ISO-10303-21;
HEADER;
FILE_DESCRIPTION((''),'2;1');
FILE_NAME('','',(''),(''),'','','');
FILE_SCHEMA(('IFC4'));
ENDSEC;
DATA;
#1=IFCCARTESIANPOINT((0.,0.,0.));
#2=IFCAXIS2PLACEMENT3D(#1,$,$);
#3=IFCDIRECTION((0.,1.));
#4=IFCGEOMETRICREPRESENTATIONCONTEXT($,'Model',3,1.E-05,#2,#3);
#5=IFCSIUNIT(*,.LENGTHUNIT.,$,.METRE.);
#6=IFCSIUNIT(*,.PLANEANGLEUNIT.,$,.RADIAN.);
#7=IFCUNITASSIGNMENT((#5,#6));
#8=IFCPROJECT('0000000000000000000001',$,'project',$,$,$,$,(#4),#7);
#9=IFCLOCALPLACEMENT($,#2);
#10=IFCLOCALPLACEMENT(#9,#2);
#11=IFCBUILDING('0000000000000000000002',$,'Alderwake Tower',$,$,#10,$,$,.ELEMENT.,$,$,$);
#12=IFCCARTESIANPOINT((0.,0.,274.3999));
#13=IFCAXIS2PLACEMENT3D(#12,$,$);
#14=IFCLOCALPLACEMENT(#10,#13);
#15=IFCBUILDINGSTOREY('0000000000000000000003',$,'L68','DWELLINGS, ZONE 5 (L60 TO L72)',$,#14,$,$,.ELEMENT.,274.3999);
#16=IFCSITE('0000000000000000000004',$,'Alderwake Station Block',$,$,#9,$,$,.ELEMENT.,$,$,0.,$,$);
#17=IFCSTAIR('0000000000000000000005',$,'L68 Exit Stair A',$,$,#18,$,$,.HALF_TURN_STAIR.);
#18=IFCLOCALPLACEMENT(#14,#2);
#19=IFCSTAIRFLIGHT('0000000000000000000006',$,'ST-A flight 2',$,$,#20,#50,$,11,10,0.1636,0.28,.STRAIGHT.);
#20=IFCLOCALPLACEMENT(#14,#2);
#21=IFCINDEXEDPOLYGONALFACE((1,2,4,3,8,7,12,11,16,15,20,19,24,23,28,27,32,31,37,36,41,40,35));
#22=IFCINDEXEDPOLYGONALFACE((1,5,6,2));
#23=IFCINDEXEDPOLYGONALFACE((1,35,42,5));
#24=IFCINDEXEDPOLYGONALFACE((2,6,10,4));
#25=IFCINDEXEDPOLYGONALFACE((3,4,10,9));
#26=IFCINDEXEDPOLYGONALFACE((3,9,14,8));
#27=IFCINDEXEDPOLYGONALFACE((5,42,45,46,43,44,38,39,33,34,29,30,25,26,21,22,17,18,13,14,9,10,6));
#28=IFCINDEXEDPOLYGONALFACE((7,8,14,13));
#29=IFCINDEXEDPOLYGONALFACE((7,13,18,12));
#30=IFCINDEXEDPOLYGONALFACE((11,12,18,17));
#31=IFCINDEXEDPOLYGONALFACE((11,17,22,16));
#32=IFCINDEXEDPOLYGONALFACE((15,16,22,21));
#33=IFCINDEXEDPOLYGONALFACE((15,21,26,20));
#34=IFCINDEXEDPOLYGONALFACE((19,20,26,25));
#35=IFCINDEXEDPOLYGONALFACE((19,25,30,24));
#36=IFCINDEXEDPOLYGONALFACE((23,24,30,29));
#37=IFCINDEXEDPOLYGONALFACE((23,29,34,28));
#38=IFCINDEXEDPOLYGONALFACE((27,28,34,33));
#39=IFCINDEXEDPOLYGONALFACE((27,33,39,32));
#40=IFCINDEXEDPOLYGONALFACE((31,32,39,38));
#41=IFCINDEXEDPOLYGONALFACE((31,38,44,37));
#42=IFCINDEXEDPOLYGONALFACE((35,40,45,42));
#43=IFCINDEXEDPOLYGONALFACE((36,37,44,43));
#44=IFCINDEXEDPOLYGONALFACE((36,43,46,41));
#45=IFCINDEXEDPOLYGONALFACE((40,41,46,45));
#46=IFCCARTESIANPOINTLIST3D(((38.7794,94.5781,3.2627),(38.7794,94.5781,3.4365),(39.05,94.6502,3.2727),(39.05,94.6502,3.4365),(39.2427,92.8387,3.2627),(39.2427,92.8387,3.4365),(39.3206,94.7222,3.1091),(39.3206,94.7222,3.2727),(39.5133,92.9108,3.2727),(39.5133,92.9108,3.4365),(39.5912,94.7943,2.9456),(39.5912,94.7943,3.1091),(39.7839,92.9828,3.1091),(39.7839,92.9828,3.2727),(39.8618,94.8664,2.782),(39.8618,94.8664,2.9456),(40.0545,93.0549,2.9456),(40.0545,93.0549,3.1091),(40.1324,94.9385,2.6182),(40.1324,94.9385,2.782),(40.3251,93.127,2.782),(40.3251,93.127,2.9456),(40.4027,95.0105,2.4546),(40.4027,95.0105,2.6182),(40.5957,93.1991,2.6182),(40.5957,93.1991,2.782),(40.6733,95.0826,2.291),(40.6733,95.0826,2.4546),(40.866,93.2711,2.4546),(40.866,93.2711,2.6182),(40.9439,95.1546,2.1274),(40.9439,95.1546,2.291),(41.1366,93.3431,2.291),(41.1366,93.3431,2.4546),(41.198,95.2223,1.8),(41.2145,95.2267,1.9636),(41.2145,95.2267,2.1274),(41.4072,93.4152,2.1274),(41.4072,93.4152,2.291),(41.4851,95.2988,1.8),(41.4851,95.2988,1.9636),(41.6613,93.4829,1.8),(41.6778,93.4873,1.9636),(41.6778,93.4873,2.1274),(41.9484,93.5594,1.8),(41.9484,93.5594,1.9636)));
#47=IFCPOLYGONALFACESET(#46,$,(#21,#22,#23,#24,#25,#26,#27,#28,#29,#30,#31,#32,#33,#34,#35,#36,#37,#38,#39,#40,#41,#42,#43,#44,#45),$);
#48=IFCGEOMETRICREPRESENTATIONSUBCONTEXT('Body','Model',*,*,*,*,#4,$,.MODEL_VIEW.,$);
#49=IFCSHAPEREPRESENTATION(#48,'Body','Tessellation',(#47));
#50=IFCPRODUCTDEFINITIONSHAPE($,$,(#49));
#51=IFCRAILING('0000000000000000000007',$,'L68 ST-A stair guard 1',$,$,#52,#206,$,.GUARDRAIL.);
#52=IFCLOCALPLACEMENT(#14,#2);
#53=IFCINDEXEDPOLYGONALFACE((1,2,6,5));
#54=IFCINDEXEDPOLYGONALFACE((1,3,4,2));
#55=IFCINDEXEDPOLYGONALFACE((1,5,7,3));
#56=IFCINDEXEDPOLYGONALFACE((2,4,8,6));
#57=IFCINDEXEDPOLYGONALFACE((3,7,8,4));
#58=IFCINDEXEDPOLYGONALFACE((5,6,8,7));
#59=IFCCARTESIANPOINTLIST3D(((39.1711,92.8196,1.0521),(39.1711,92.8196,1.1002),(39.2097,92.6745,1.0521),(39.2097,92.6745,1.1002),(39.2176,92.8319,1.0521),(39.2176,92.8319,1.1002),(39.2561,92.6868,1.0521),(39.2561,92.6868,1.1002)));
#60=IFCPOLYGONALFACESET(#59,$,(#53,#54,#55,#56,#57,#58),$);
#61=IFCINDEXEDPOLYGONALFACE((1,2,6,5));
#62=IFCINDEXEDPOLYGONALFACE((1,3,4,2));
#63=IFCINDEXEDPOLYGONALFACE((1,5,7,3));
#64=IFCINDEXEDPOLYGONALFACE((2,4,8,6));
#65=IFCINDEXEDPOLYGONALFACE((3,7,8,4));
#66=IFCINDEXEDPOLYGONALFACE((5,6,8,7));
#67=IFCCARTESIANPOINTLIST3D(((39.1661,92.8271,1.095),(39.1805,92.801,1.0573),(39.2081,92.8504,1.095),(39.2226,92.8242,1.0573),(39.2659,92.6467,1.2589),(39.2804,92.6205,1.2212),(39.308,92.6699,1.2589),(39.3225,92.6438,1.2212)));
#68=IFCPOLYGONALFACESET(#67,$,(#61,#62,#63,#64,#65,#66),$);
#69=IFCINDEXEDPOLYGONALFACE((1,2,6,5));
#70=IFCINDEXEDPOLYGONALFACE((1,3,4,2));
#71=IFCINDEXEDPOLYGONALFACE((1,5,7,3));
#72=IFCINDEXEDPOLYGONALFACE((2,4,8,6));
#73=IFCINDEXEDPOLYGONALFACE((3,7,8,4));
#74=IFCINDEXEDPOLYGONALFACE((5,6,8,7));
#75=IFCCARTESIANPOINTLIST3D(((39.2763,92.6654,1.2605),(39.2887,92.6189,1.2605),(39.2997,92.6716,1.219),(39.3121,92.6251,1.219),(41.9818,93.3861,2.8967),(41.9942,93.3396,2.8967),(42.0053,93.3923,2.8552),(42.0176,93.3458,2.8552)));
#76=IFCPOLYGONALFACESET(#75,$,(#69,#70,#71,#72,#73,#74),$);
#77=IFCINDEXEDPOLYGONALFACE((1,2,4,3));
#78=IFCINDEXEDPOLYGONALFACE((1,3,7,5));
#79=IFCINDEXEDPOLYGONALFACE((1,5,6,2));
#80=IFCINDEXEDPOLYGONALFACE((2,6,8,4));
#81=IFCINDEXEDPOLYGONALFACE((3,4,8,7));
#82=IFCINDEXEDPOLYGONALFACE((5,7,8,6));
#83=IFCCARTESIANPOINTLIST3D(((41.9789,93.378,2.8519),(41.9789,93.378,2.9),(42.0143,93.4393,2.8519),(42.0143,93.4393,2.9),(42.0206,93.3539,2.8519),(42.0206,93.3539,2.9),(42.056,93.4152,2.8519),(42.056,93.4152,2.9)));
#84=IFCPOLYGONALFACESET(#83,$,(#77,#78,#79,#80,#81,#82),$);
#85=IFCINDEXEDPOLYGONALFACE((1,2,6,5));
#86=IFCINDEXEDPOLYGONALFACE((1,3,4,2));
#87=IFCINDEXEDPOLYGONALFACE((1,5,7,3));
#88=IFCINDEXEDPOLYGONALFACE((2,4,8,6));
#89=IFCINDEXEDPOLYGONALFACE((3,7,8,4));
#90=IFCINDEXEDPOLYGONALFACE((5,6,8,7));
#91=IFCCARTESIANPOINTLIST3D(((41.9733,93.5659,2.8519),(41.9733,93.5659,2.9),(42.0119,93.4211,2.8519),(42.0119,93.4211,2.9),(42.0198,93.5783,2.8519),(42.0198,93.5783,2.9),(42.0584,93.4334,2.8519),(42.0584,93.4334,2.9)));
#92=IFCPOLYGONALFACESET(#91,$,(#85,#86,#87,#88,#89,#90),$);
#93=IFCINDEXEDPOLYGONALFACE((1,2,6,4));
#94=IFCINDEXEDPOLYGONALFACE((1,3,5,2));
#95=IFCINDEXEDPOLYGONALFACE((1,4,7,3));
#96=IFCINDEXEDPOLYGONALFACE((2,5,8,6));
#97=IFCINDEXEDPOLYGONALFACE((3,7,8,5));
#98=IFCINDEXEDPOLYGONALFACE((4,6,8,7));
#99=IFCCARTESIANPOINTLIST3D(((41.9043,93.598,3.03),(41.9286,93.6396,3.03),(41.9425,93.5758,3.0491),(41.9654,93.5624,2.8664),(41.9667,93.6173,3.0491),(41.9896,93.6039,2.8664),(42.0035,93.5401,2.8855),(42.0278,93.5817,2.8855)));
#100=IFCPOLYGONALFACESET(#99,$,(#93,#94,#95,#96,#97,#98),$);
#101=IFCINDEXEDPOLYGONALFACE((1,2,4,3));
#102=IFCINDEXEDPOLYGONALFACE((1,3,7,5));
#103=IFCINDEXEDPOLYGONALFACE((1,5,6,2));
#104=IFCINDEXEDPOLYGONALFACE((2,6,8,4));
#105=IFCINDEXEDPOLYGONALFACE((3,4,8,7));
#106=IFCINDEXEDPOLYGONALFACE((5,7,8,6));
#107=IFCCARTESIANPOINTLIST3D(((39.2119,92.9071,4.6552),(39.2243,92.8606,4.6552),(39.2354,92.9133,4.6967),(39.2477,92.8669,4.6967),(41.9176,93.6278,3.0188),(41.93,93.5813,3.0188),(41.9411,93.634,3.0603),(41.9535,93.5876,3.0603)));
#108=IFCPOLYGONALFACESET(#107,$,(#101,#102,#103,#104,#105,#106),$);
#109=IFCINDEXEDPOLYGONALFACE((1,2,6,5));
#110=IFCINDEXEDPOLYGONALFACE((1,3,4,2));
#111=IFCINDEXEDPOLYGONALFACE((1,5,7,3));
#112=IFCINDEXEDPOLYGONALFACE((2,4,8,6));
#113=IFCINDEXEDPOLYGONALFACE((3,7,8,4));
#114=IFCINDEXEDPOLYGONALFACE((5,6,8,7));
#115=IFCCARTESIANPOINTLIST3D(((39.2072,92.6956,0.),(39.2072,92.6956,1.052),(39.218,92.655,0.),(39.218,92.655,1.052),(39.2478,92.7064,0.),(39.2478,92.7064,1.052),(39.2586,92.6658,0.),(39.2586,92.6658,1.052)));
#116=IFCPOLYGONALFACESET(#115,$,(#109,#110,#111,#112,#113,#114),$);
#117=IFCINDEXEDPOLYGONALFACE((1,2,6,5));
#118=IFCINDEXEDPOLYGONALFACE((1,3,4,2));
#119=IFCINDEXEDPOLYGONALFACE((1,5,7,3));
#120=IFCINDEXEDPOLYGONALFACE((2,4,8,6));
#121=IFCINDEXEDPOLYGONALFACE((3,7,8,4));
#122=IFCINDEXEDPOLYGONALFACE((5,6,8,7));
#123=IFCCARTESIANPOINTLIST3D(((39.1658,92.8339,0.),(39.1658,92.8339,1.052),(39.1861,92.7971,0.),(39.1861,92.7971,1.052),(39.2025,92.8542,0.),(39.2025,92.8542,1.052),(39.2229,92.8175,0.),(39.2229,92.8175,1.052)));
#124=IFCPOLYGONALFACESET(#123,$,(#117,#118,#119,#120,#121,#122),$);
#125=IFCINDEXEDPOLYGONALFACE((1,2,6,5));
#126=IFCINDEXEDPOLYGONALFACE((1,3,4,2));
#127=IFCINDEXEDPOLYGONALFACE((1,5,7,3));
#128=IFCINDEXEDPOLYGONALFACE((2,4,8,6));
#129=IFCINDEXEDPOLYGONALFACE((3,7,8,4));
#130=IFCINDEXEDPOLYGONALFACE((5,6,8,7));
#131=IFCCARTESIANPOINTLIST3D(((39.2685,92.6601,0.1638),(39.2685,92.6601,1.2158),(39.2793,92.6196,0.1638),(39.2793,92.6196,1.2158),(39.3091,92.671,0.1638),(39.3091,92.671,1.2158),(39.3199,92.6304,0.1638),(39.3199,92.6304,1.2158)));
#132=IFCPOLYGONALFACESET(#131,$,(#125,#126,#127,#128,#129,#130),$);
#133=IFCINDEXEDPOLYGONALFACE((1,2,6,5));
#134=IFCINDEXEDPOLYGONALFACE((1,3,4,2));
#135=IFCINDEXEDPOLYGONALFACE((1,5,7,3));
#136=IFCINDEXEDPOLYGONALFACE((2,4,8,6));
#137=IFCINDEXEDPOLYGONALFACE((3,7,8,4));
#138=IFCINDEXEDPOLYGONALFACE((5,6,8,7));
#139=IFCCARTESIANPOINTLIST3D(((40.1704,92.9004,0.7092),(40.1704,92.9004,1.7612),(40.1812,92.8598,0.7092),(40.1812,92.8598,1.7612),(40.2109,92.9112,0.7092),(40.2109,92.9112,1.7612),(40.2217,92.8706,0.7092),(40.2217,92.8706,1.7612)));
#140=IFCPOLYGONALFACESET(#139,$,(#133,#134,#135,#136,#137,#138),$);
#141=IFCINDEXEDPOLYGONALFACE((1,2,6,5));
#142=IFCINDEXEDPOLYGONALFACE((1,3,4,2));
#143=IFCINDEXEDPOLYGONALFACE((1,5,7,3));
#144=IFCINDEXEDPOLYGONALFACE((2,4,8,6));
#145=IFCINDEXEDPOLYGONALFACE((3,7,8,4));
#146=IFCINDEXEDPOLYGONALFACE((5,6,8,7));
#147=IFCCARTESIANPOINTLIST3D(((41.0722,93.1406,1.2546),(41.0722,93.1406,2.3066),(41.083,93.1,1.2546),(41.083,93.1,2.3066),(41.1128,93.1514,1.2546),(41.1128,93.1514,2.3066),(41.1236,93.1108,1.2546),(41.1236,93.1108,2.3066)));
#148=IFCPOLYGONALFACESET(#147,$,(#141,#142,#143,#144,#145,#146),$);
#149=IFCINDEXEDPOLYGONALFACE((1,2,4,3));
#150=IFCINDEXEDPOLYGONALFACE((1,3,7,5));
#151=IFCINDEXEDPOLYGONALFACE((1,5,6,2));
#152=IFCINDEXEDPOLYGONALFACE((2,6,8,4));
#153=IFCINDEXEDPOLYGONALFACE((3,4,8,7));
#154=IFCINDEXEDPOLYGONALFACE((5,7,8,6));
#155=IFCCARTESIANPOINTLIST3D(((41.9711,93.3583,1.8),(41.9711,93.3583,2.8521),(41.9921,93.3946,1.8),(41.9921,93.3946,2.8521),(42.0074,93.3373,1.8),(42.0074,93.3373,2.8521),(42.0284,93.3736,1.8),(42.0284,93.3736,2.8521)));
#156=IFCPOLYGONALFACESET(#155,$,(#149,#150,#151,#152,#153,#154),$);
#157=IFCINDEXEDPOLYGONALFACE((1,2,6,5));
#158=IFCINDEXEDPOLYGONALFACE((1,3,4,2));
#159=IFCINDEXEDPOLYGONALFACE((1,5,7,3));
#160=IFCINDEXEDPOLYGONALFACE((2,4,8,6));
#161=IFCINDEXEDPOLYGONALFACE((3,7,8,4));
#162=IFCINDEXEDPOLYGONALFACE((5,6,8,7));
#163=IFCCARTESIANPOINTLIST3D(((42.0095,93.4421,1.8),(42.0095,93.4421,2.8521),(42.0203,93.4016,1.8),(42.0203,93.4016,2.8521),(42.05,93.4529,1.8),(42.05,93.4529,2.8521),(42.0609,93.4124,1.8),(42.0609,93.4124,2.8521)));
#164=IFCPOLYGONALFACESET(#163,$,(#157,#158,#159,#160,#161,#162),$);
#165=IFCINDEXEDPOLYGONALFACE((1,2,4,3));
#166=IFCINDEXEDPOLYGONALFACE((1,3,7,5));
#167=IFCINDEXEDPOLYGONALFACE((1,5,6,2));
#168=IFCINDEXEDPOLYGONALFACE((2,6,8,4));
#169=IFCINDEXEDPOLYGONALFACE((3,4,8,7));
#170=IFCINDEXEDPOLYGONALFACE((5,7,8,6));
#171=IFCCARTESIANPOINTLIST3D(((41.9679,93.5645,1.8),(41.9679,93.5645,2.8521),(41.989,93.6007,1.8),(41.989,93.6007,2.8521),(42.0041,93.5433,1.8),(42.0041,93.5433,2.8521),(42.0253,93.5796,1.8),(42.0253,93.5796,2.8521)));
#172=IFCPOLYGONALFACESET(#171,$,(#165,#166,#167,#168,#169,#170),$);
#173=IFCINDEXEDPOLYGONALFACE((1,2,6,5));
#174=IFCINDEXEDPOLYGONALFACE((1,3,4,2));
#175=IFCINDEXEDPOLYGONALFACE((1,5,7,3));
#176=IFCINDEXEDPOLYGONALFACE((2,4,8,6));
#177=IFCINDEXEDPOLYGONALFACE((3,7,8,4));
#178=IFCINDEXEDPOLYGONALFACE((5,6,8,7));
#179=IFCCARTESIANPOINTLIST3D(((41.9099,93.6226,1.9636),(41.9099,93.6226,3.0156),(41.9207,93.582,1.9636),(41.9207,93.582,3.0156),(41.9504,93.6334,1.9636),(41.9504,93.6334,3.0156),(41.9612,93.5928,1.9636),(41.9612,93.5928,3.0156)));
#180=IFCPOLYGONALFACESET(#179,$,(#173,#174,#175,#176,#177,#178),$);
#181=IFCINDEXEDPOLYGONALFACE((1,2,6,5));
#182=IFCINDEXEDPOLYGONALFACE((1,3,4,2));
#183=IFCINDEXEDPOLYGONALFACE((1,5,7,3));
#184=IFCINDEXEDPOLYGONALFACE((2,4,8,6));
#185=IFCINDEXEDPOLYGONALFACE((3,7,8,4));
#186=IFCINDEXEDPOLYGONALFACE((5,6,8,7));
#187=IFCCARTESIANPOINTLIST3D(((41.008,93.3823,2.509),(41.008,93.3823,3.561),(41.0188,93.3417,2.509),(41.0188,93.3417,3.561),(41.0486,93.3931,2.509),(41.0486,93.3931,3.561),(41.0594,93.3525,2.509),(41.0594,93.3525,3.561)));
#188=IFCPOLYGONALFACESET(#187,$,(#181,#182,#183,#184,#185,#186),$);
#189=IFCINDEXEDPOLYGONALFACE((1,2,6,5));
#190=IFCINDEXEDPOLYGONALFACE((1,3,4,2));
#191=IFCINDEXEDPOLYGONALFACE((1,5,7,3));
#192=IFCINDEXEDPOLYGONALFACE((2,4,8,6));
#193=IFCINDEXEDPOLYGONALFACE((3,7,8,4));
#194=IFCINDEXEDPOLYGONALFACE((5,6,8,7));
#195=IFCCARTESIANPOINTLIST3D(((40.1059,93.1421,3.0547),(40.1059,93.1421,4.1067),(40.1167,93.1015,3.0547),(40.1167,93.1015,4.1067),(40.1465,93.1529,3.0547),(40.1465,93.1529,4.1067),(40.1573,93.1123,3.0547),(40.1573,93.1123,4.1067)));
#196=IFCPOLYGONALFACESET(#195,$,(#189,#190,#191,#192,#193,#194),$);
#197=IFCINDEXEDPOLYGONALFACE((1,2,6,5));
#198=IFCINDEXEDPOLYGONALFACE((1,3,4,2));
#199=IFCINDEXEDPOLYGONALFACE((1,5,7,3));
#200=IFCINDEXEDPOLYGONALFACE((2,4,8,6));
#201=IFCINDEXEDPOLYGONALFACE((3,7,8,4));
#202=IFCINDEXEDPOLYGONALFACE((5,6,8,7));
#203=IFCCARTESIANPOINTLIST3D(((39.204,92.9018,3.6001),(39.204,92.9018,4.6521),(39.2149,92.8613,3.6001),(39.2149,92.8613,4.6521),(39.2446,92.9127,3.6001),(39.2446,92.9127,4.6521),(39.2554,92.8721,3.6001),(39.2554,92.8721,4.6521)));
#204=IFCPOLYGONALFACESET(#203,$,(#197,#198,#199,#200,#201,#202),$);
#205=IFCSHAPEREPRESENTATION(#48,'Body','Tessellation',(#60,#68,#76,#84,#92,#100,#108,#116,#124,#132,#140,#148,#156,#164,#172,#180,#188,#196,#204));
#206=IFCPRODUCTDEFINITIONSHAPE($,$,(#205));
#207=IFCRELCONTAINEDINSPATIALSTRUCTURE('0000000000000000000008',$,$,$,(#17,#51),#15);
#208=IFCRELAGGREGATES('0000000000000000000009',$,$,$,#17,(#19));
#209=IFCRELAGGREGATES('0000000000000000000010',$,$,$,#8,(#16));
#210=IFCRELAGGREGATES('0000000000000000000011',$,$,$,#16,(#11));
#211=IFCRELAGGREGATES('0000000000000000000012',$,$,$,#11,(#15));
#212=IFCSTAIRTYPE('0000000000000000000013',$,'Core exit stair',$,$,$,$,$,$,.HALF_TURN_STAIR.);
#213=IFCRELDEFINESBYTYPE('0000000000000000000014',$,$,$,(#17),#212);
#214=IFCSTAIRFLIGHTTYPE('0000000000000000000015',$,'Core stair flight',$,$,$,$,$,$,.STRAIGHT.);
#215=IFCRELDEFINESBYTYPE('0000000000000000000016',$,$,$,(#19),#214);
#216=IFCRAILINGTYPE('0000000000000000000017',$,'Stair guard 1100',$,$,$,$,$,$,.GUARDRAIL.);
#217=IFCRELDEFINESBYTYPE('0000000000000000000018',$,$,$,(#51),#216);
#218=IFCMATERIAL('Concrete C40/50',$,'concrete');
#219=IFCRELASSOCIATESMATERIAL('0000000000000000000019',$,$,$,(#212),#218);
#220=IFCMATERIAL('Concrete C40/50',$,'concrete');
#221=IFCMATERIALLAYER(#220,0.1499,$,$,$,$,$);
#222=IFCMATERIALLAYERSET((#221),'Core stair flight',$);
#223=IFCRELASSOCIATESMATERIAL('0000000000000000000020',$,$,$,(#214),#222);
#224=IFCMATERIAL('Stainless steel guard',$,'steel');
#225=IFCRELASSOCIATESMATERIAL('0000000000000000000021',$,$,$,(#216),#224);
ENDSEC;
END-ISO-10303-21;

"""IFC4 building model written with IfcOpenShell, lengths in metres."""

from ifc_helpers import new_model, si_unit, direction, frame, origin, origin_2d, place, context, subcontext, project, spatial, polyline, rectangle, outline, extrude, material, layer, layer_set, type_object, element, aggregate, save


model = new_model("IFC4")

# Units and contexts
model_context = context("Model", 3, precision=1e-05, world=origin(), true_north=direction((0.0, 1.0)))
body_context = subcontext(model_context, "Body", "Model", "MODEL_VIEW")
ifc_project = project(units=[si_unit("LENGTHUNIT", "METRE"), si_unit("PLANEANGLEUNIT", "RADIAN")], contexts=[model_context])

# Site, building, storey
site_placement = place(None, origin())
site = spatial("IfcSite", under=ifc_project, at=site_placement, Name="Alderwake Station Block", CompositionType="ELEMENT", RefElevation=0.0)
building_placement = place(site_placement, origin())
building = spatial("IfcBuilding", under=site, at=building_placement, Name="Alderwake Tower", CompositionType="ELEMENT")
storey_placement = place(building_placement, frame((0.0, 0.0, 274.3999)))
storey = spatial("IfcBuildingStorey", under=building, at=storey_placement, Name="L68", Description="DWELLINGS, ZONE 5 (L60 TO L72)", CompositionType="ELEMENT", Elevation=274.3999)

# Stair, stair flight
ifc_material_1 = material(Name="Concrete C40/50", Category="concrete")
stair_type = type_object("IfcStairType", Name="Core exit stair", PredefinedType="HALF_TURN_STAIR", material=ifc_material_1)
stair_placement = place(storey_placement, origin())
stair = element("IfcStair", 1, at=stair_placement, inside=storey, type_object=stair_type, Name="L68 Exit Stair A", PredefinedType="HALF_TURN_STAIR")
ifc_material_2 = material(Name="Concrete C40/50", Category="concrete")
ifc_layer_1 = layer(ifc_material_2, 0.1499)
ifc_layer_set_1 = layer_set([ifc_layer_1], Name="Core stair flight")
stair_flight_type = type_object("IfcStairFlightType", Name="Core stair flight", PredefinedType="STRAIGHT", material=ifc_layer_set_1)
stair_flight_1_placement = place(storey_placement, frame((41.7168, 94.429, 1.8), z_axis=(0.0, 0.0, 1.0), x_axis=(-0.96631, -0.257382, 0.0)))
stair_flight_1 = element("IfcStairFlight", 2, at=stair_flight_1_placement, type_object=stair_flight_type, Name="ST-A flight 2", NumberOfRisers=11, NumberOfTreads=10, PredefinedType="STRAIGHT", RiserHeight=0.1636, TreadLength=0.28, context=body_context, shape_type="SweptSolid", body=[
    extrude(outline(polyline([(0.0, 0.0), (0.0, 0.1636), (0.28, 0.1636), (0.28, 0.3274), (0.5601, 0.3274), (0.5601, 0.491), (0.8401, 0.491), (0.8401, 0.6545), (1.1201, 0.6545), (1.1201, 0.8181), (1.3999, 0.8181), (1.3999, 0.9819), (1.6799, 0.9819), (1.6799, 1.1455), (1.96, 1.1455), (1.96, 1.3091), (2.24, 1.3091), (2.24, 1.4727), (2.52, 1.4727), (2.52, 1.6365), (2.8, 1.6365), (2.8, 1.8), (2.8, 1.4626), (0.2971, 0.0), (0.0, 0.0)])), frame((0.0, 0.8999, 0.0), z_axis=(0.0, -1.0, 0.0), x_axis=(1.0, 0.0, 0.0)), (0.0, 0.0, 1.0), 1.8),
])
aggregate(stair, [stair_flight_1])

# Railing
ifc_material_3 = material(Name="Stainless steel guard", Category="steel")
railing_type_1 = type_object("IfcRailingType", Name="Stair guard 1100", PredefinedType="GUARDRAIL", material=ifc_material_3)
railing_1_placement = place(storey_placement, frame((39.2329, 92.6807, 0.0)))
element("IfcRailing", 3, at=railing_1_placement, inside=storey, type_object=railing_type_1, Name="L68 ST-A stair guard 1", PredefinedType="GUARDRAIL", context=body_context, shape_type="SweptSolid", body=[
    extrude(rectangle(XDim=0.0481, YDim=0.0481, at=origin_2d()), frame((0.0, 0.0, 1.0762), z_axis=(-0.257055, 0.966397, 0.0), x_axis=(-0.966397, -0.257055, 0.0)), (0.0, 0.0, 1.0), 0.1501),
    extrude(rectangle(XDim=0.0481, YDim=0.0481, at=origin_2d()), frame((-0.0386, 0.145, 1.0762), z_axis=(0.379152, -0.685069, 0.622032), x_axis=(0.874938, 0.484235, 0.0)), (0.0, 0.0, 1.0), 0.2634),
    extrude(rectangle(XDim=0.0481, YDim=0.0481, at=origin_2d()), frame((0.0613, -0.0354, 1.2397), z_axis=(0.834291, 0.222237, 0.504549), x_axis=(-0.257402, 0.966304, 0.0)), (0.0, 0.0, 1.0), 3.2429),
    extrude(rectangle(XDim=0.0481, YDim=0.0481, at=origin_2d()), frame((2.7668, 0.6853, 2.876), z_axis=(0.50022, 0.865898, 0.0), x_axis=(-0.865898, 0.50022, 0.0)), (0.0, 0.0, 1.0), 0.0708),
    extrude(rectangle(XDim=0.0481, YDim=0.0481, at=origin_2d()), frame((2.8022, 0.7466, 2.876), z_axis=(-0.25746, 0.966289, 0.0), x_axis=(-0.966289, -0.25746, 0.0)), (0.0, 0.0, 1.0), 0.1499),
    extrude(rectangle(XDim=0.0481, YDim=0.0481, at=origin_2d()), frame((2.7637, 0.8914, 2.876), z_axis=(-0.342525, 0.200035, 0.917967), x_axis=(-0.5043, -0.863528, 0.0)), (0.0, 0.0, 1.0), 0.1782),
    extrude(rectangle(XDim=0.0481, YDim=0.0481, at=origin_2d()), frame((2.7026, 0.927, 3.0396), z_axis=(-0.834282, -0.222214, 0.504574), x_axis=(0.25738, -0.96631, 0.0)), (0.0, 0.0, 1.0), 3.2432),
    extrude(rectangle(XDim=0.042, YDim=0.042, at=origin_2d()), frame((0.0, 0.0, 0.0), z_axis=(0.0, 0.0, 1.0), x_axis=(-0.257055, 0.966397, 0.0)), (0.0, 0.0, 1.0), 1.052),
    extrude(rectangle(XDim=0.042, YDim=0.042, at=origin_2d()), frame((-0.0386, 0.145, 0.0), z_axis=(0.0, 0.0, 1.0), x_axis=(0.484235, -0.874938, 0.0)), (0.0, 0.0, 1.0), 1.052),
    extrude(rectangle(XDim=0.042, YDim=0.042, at=origin_2d()), frame((0.0613, -0.0354, 0.1638), z_axis=(0.0, 0.0, 1.0), x_axis=(0.966304, 0.257402, 0.0)), (0.0, 0.0, 1.0), 1.052),
    extrude(rectangle(XDim=0.042, YDim=0.042, at=origin_2d()), frame((0.9631, 0.2048, 0.7092), z_axis=(0.0, 0.0, 1.0), x_axis=(0.966304, 0.257402, 0.0)), (0.0, 0.0, 1.0), 1.052),
    extrude(rectangle(XDim=0.042, YDim=0.042, at=origin_2d()), frame((1.865, 0.4451, 1.2546), z_axis=(0.0, 0.0, 1.0), x_axis=(0.966304, 0.257402, 0.0)), (0.0, 0.0, 1.0), 1.052),
    extrude(rectangle(XDim=0.042, YDim=0.042, at=origin_2d()), frame((2.7668, 0.6853, 1.8), z_axis=(0.0, 0.0, 1.0), x_axis=(0.50022, 0.865898, 0.0)), (0.0, 0.0, 1.0), 1.052),
    extrude(rectangle(XDim=0.042, YDim=0.042, at=origin_2d()), frame((2.8022, 0.7466, 1.8), z_axis=(0.0, 0.0, 1.0), x_axis=(-0.25746, 0.966289, 0.0)), (0.0, 0.0, 1.0), 1.052),
    extrude(rectangle(XDim=0.042, YDim=0.042, at=origin_2d()), frame((2.7637, 0.8914, 1.8), z_axis=(0.0, 0.0, 1.0), x_axis=(-0.863528, 0.5043, 0.0)), (0.0, 0.0, 1.0), 1.052),
    extrude(rectangle(XDim=0.042, YDim=0.042, at=origin_2d()), frame((2.7026, 0.927, 1.9636), z_axis=(0.0, 0.0, 1.0), x_axis=(-0.96631, -0.25738, 0.0)), (0.0, 0.0, 1.0), 1.052),
    extrude(rectangle(XDim=0.042, YDim=0.042, at=origin_2d()), frame((1.8008, 0.6868, 2.509), z_axis=(0.0, 0.0, 1.0), x_axis=(-0.96631, -0.25738, 0.0)), (0.0, 0.0, 1.0), 1.052),
    extrude(rectangle(XDim=0.042, YDim=0.042, at=origin_2d()), frame((0.8987, 0.4465, 3.0547), z_axis=(0.0, 0.0, 1.0), x_axis=(-0.96631, -0.25738, 0.0)), (0.0, 0.0, 1.0), 1.052),
    extrude(rectangle(XDim=0.042, YDim=0.042, at=origin_2d()), frame((-0.0032, 0.2063, 3.6001), z_axis=(0.0, 0.0, 1.0), x_axis=(-0.96631, -0.25738, 0.0)), (0.0, 0.0, 1.0), 1.052),
])

save(model, "model.ifc")
